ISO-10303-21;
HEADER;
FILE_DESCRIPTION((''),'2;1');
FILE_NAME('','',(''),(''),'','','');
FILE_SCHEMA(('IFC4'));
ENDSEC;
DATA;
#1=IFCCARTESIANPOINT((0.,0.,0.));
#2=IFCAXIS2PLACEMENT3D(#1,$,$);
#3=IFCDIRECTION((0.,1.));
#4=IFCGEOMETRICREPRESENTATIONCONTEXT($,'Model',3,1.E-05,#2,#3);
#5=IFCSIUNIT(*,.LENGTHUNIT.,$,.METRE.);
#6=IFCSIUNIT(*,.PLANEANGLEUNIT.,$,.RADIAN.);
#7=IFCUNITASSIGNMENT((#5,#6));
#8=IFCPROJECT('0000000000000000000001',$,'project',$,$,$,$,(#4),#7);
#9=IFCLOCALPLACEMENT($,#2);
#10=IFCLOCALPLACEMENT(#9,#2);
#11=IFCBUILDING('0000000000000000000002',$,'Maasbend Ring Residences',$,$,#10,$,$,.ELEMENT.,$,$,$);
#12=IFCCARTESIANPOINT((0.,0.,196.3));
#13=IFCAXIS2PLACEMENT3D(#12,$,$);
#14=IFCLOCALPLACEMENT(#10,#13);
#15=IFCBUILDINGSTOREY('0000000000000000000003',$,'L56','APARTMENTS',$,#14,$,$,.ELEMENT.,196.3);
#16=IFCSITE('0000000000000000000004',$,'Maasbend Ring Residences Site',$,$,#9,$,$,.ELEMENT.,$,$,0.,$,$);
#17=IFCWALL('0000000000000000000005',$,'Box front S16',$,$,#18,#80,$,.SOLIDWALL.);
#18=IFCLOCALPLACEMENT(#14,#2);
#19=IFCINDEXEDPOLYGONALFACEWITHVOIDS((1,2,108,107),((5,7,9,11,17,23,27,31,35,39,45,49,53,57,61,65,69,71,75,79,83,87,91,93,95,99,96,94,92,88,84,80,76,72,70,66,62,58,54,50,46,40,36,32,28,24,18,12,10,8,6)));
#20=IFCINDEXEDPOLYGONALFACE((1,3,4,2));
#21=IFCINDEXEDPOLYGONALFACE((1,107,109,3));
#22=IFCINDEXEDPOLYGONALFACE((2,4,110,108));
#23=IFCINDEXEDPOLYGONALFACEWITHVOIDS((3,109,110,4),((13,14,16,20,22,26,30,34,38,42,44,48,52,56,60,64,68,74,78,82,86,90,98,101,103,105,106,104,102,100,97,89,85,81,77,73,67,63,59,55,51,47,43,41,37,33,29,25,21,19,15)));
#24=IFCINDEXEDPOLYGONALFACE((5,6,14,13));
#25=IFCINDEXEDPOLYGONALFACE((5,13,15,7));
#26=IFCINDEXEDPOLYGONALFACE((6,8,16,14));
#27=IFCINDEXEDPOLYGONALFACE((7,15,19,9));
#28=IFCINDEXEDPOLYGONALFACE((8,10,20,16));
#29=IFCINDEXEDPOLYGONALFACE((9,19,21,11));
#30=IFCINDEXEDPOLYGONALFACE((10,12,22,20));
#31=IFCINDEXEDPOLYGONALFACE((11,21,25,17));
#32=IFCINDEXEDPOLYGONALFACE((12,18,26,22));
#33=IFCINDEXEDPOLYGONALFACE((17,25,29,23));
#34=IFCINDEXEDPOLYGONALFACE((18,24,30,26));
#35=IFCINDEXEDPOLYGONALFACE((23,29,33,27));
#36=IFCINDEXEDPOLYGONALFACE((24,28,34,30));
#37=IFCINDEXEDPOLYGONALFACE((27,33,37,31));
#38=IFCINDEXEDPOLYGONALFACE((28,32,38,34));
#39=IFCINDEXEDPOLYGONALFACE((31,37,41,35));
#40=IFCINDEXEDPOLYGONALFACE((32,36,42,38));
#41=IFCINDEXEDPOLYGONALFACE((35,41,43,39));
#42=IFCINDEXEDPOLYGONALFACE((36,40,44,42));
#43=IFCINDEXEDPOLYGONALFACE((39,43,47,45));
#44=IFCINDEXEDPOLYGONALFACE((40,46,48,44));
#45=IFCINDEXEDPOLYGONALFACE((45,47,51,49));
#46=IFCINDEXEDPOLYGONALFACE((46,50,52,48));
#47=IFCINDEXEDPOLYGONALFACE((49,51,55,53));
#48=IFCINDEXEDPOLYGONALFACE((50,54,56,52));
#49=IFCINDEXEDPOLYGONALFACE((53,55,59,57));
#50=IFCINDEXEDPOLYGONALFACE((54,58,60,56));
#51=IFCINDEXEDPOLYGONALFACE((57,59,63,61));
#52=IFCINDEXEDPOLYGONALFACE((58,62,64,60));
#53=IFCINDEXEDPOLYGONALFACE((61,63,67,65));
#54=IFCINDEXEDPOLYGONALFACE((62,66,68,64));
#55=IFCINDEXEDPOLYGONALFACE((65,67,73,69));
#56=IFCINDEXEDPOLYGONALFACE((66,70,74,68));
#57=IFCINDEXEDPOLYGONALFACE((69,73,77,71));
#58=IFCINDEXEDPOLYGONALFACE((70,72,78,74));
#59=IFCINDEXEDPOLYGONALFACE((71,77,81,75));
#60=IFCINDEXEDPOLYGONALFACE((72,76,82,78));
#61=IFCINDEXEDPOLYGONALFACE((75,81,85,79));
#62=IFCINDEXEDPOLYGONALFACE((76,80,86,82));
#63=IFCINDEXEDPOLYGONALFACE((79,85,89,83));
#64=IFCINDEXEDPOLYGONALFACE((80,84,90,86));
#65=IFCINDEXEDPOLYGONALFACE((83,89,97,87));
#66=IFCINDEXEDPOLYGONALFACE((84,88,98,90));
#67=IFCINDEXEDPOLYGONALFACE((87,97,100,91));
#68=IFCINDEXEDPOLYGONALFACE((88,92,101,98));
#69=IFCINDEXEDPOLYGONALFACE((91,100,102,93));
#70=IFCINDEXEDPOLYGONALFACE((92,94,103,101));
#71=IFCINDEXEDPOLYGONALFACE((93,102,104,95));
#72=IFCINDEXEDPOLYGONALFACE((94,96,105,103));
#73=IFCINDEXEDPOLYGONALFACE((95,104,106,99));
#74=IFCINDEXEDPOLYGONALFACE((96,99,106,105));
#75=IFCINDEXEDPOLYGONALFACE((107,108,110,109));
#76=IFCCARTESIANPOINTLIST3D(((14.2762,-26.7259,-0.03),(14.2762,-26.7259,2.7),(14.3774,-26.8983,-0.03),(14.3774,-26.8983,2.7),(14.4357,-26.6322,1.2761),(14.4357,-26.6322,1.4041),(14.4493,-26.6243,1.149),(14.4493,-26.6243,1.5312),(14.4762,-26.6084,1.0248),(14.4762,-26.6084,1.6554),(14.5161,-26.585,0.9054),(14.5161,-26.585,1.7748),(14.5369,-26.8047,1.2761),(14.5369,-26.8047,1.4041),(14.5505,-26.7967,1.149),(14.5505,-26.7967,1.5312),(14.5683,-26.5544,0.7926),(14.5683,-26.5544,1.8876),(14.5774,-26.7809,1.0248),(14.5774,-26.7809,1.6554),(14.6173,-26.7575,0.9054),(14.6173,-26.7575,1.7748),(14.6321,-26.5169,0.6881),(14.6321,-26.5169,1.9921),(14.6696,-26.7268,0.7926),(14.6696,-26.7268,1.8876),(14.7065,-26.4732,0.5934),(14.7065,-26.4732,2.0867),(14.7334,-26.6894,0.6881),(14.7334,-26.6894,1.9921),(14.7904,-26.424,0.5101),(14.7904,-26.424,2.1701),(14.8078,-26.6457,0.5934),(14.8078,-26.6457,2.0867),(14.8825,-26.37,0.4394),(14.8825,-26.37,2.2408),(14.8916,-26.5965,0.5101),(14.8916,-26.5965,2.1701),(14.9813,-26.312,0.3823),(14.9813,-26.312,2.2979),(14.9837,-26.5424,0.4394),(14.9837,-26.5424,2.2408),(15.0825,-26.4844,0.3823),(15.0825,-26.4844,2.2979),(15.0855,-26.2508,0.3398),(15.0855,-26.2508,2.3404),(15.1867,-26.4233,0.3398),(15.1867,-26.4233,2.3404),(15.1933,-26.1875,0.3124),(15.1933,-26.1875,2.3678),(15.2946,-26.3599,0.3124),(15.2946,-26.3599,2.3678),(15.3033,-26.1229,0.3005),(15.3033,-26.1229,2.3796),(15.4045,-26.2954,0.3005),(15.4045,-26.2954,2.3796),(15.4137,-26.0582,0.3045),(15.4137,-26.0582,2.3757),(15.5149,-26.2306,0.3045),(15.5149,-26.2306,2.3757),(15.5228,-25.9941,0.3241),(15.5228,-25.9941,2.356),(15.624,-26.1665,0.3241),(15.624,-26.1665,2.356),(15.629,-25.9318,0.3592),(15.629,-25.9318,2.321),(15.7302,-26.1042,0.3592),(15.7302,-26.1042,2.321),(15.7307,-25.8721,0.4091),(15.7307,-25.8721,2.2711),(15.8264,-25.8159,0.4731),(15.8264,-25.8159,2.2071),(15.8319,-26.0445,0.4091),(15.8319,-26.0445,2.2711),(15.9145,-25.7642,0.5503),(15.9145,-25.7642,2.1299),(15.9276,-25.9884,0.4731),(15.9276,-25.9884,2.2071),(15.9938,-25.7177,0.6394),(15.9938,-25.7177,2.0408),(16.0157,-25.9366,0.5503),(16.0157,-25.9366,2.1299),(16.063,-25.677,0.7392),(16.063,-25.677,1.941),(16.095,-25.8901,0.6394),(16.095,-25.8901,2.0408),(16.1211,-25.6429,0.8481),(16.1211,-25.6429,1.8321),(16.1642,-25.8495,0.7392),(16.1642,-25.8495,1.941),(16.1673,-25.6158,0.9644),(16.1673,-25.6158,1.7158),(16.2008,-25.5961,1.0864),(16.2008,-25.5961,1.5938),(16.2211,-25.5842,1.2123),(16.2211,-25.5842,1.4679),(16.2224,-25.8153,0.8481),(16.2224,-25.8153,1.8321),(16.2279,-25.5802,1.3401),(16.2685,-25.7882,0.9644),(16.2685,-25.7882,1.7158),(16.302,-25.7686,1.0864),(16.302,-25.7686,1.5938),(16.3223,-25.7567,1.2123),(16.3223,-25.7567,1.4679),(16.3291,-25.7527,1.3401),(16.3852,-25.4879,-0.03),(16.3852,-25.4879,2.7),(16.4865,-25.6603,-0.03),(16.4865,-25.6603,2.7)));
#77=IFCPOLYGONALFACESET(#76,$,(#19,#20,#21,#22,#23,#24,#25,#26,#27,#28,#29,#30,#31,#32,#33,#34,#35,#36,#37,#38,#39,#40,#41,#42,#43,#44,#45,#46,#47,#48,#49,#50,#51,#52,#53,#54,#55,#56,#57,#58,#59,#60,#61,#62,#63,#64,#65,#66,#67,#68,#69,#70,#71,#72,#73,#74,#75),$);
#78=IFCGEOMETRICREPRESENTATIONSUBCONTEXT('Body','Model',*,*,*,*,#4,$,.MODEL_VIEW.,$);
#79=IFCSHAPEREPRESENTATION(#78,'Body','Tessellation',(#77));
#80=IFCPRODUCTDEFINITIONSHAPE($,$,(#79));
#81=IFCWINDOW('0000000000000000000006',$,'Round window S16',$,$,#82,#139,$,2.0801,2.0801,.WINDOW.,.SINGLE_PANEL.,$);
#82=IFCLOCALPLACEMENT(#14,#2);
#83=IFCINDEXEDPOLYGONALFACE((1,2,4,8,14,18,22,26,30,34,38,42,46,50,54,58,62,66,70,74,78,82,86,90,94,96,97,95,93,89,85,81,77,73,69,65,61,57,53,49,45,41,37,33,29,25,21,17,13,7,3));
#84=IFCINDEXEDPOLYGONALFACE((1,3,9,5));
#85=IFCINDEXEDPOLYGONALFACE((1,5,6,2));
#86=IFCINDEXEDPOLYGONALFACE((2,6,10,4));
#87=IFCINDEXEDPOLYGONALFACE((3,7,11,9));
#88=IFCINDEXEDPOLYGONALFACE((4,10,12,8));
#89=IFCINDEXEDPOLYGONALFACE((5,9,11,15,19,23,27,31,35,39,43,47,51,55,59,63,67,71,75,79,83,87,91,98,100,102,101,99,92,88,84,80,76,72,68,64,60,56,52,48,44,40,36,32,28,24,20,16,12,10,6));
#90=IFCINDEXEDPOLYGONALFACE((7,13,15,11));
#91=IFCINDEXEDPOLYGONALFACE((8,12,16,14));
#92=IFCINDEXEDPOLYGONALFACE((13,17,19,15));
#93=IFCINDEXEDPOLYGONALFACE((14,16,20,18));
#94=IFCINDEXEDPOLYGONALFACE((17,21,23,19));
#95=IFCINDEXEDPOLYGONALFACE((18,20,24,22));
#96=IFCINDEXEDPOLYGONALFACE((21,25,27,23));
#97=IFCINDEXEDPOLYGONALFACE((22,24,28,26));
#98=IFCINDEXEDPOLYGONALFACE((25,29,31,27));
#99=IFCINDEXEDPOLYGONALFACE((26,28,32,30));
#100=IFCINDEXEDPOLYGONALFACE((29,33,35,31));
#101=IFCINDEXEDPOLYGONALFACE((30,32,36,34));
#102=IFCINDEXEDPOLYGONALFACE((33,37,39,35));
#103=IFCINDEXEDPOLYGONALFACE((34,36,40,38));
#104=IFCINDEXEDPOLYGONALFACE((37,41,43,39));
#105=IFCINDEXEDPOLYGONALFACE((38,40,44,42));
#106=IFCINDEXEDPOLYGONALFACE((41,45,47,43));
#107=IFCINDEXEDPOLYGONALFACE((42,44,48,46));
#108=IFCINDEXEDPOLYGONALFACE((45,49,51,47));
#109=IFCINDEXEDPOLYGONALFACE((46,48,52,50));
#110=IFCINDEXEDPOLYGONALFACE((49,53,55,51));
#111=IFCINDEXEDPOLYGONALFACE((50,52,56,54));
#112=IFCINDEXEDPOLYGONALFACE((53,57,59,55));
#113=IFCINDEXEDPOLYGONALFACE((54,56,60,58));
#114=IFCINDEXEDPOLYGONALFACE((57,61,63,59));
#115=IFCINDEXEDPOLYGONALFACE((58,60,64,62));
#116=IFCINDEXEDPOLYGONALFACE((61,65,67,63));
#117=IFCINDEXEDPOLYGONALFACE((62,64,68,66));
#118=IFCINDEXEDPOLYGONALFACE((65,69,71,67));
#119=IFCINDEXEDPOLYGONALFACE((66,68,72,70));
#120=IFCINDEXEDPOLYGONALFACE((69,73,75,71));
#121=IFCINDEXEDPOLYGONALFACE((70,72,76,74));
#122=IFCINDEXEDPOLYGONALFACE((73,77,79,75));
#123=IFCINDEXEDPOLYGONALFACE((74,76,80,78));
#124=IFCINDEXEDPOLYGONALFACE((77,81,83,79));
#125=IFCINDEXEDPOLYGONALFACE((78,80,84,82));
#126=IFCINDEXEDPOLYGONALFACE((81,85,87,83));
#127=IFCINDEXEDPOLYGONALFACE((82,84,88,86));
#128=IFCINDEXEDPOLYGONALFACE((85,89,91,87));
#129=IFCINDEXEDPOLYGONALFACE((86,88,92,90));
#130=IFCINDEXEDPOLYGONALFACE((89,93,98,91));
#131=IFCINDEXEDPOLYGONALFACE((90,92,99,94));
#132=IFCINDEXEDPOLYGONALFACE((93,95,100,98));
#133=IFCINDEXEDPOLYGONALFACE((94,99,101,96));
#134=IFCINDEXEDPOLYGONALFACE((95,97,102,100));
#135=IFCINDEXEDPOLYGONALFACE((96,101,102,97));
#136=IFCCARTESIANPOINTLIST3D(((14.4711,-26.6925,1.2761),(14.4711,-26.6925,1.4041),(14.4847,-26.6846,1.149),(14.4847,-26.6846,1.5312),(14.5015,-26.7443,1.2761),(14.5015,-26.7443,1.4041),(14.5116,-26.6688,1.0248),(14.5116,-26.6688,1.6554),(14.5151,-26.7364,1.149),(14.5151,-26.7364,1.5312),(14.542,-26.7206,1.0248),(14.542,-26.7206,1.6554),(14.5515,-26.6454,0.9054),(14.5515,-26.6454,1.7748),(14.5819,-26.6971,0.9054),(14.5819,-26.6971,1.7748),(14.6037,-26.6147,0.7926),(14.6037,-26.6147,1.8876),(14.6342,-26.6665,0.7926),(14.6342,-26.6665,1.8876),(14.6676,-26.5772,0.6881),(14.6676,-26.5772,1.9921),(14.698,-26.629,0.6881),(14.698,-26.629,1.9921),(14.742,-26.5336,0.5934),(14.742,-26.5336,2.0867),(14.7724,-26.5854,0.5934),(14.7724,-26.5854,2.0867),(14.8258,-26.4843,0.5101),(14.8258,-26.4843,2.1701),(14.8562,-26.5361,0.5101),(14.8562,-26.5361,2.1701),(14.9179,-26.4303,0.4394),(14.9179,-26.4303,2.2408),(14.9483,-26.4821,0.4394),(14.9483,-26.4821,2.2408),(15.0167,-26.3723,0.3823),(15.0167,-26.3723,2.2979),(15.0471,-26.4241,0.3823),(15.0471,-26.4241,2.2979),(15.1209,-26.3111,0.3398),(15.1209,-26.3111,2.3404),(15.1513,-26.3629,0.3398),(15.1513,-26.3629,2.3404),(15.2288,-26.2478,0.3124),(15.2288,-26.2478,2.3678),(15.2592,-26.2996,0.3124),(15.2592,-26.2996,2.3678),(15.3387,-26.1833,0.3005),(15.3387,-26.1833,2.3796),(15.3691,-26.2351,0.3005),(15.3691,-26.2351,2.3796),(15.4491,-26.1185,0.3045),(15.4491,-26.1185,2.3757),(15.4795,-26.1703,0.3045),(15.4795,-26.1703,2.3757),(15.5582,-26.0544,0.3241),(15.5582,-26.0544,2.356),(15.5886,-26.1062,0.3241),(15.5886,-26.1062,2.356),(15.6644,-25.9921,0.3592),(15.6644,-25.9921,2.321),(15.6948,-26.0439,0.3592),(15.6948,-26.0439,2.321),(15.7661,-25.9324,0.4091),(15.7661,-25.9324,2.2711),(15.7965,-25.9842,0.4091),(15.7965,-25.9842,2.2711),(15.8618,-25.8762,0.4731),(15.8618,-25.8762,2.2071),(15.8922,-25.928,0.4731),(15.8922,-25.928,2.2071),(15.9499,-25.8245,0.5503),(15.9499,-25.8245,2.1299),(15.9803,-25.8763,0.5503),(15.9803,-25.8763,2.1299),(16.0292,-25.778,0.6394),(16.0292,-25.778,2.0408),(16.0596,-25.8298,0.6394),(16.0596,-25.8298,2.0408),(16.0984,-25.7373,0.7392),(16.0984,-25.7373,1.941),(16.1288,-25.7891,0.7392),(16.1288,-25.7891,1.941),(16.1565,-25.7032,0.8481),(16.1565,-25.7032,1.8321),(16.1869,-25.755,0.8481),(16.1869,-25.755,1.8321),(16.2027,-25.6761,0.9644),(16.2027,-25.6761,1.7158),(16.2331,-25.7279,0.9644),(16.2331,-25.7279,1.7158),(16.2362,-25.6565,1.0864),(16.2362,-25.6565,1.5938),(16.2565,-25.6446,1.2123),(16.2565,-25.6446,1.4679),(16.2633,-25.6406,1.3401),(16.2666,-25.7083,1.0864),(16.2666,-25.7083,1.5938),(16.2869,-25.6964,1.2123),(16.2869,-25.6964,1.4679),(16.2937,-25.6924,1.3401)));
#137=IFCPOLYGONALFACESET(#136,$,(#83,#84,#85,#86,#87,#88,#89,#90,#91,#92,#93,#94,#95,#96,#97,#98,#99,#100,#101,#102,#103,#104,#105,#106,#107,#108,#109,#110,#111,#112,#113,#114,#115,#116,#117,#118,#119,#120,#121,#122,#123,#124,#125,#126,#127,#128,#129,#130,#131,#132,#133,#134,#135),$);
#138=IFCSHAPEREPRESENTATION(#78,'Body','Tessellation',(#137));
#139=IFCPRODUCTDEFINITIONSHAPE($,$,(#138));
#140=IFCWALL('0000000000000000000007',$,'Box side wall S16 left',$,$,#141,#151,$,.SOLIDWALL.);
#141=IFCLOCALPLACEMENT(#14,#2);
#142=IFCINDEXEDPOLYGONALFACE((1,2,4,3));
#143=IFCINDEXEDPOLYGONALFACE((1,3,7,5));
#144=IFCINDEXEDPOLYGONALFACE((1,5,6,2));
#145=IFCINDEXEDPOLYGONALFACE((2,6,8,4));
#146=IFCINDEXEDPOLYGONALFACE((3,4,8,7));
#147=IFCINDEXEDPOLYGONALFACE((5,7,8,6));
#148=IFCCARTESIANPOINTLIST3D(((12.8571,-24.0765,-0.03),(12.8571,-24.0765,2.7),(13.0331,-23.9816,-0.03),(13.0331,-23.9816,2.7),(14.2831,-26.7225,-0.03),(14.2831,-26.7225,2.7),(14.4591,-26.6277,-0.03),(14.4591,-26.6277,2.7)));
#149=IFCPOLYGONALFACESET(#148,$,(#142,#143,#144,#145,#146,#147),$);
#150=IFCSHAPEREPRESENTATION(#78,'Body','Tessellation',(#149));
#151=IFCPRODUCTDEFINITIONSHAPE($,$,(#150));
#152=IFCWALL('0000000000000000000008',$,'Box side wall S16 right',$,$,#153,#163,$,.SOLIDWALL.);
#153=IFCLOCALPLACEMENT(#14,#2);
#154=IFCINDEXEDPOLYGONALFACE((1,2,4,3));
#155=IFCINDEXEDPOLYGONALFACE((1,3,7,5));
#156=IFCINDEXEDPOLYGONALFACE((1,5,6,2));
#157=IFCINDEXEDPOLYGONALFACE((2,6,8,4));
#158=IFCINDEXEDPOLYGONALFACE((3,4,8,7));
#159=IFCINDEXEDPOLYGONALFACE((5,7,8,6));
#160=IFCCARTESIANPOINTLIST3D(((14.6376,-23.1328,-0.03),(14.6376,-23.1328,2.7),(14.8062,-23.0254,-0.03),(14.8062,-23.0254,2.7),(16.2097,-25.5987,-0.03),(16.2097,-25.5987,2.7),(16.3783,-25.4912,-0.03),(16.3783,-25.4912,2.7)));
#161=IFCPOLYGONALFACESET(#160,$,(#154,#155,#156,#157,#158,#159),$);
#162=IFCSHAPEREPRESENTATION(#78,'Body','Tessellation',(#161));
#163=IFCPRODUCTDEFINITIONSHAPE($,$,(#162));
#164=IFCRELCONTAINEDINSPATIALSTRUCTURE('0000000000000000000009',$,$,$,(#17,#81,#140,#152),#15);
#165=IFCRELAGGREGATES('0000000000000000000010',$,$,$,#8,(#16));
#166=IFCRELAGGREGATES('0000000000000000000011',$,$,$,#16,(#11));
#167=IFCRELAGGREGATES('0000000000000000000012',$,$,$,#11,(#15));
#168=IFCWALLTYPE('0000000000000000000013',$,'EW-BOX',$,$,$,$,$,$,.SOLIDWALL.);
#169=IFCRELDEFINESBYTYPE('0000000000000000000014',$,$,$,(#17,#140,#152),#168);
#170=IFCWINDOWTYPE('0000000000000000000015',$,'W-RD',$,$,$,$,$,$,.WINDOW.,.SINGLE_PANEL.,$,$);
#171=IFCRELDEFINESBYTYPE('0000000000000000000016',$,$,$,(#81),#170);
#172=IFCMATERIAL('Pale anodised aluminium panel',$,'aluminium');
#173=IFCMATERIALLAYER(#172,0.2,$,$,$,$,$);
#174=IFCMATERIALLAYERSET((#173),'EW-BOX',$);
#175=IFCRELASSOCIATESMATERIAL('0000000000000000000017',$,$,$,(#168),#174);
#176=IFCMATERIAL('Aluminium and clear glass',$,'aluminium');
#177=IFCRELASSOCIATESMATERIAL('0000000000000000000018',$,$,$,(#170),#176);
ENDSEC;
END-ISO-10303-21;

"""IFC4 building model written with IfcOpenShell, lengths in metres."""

from ifc_helpers import new_model, si_unit, direction, frame, frame_2d, origin, place, context, subcontext, project, spatial, rectangle, circle, extrude, material, layer, layer_set, type_object, element, fill, save


model = new_model("IFC4")

# Units and contexts
model_context = context("Model", 3, precision=1e-05, world=origin(), true_north=direction((0.0, 1.0)))
body_context = subcontext(model_context, "Body", "Model", "MODEL_VIEW")
ifc_project = project(units=[si_unit("LENGTHUNIT", "METRE"), si_unit("PLANEANGLEUNIT", "RADIAN")], contexts=[model_context])

# Site, building, storey
site_placement = place(None, origin())
site = spatial("IfcSite", under=ifc_project, at=site_placement, Name="Maasbend Ring Residences Site", CompositionType="ELEMENT", RefElevation=0.0)
building_placement = place(site_placement, origin())
building = spatial("IfcBuilding", under=site, at=building_placement, Name="Maasbend Ring Residences", CompositionType="ELEMENT")
storey_placement = place(building_placement, frame((0.0, 0.0, 196.3)))
storey = spatial("IfcBuildingStorey", under=building, at=storey_placement, Name="L56", Description="APARTMENTS", CompositionType="ELEMENT", Elevation=196.3)

# Wall, opening, window
ifc_material_1 = material(Name="Pale anodised aluminium panel", Category="aluminium")
ifc_layer_1 = layer(ifc_material_1, 0.2)
ifc_layer_set_1 = layer_set([ifc_layer_1], Name="EW-BOX")
wall_type_1 = type_object("IfcWallType", Name="EW-BOX", PredefinedType="SOLIDWALL", material=ifc_layer_set_1)
wall_1_placement = place(storey_placement, frame((14.3269, -26.812, -0.03), z_axis=(0.0, 0.0, 1.0), x_axis=(0.862403, 0.506222, 0.0)))
wall_1 = element("IfcWall", 1, at=wall_1_placement, inside=storey, type_object=wall_type_1, Name="Box front S16", PredefinedType="SOLIDWALL", context=body_context, shape_type="SweptSolid", body=[
    extrude(rectangle(XDim=2.4456, YDim=0.2, at=frame_2d((1.2227, 0.0))), origin(), (0.0, 0.0, 1.0), 2.73),
])
opening_1_placement = place(wall_1_placement, frame((0.1829, 0.0, 0.3301)))
opening_1 = element("IfcOpeningElement", 2, at=opening_1_placement, cuts=wall_1, PredefinedType="OPENING", context=body_context, shape_type="SweptSolid", body=[
    extrude(circle(Radius=1.04, at=frame_2d((1.04, 1.04))), frame((0.0, 0.1099, 0.0), z_axis=(0.0, -1.0, 0.0), x_axis=(1.0, 0.0, 0.0)), (0.0, 0.0, 1.0), 0.22),
])
ifc_material_2 = material(Name="Aluminium and clear glass", Category="aluminium")
window_type_1 = type_object("IfcWindowType", Name="W-RD", PartitioningType="SINGLE_PANEL", PredefinedType="WINDOW", material=ifc_material_2)
window_1_placement = place(opening_1_placement, origin())
window_1 = element("IfcWindow", 3, at=window_1_placement, inside=storey, type_object=window_type_1, Name="Round window S16", OverallHeight=2.0801, OverallWidth=2.0801, PartitioningType="SINGLE_PANEL", PredefinedType="WINDOW", context=body_context, shape_type="SweptSolid", body=[
    extrude(circle(Radius=1.04, at=frame_2d((1.04, 1.04))), frame((0.0, 0.03, 0.0), z_axis=(0.0, -1.0, 0.0), x_axis=(1.0, 0.0, 0.0)), (0.0, 0.0, 1.0), 0.0601),
])
fill(opening_1, window_1)

# Walls
wall_2_placement = place(storey_placement, frame((12.9451, -24.0291, -0.03), z_axis=(0.0, 0.0, 1.0), x_axis=(0.474424, -0.880296, 0.0)))
element("IfcWall", 4, at=wall_2_placement, inside=storey, type_object=wall_type_1, Name="Box side wall S16 left", PredefinedType="SOLIDWALL", context=body_context, shape_type="SweptSolid", body=[
    extrude(rectangle(XDim=3.0059, YDim=0.2, at=frame_2d((1.5029, 0.0))), origin(), (0.0, 0.0, 1.0), 2.73),
])
wall_3_placement = place(storey_placement, frame((14.7219, -23.0791, -0.03), z_axis=(0.0, 0.0, 1.0), x_axis=(0.537572, -0.843218, 0.0)))
element("IfcWall", 5, at=wall_3_placement, inside=storey, type_object=wall_type_1, Name="Box side wall S16 right", PredefinedType="SOLIDWALL", context=body_context, shape_type="SweptSolid", body=[
    extrude(rectangle(XDim=2.9243, YDim=0.2, at=frame_2d((1.4622, 0.0))), origin(), (0.0, 0.0, 1.0), 2.73),
])

save(model, "model.ifc")
